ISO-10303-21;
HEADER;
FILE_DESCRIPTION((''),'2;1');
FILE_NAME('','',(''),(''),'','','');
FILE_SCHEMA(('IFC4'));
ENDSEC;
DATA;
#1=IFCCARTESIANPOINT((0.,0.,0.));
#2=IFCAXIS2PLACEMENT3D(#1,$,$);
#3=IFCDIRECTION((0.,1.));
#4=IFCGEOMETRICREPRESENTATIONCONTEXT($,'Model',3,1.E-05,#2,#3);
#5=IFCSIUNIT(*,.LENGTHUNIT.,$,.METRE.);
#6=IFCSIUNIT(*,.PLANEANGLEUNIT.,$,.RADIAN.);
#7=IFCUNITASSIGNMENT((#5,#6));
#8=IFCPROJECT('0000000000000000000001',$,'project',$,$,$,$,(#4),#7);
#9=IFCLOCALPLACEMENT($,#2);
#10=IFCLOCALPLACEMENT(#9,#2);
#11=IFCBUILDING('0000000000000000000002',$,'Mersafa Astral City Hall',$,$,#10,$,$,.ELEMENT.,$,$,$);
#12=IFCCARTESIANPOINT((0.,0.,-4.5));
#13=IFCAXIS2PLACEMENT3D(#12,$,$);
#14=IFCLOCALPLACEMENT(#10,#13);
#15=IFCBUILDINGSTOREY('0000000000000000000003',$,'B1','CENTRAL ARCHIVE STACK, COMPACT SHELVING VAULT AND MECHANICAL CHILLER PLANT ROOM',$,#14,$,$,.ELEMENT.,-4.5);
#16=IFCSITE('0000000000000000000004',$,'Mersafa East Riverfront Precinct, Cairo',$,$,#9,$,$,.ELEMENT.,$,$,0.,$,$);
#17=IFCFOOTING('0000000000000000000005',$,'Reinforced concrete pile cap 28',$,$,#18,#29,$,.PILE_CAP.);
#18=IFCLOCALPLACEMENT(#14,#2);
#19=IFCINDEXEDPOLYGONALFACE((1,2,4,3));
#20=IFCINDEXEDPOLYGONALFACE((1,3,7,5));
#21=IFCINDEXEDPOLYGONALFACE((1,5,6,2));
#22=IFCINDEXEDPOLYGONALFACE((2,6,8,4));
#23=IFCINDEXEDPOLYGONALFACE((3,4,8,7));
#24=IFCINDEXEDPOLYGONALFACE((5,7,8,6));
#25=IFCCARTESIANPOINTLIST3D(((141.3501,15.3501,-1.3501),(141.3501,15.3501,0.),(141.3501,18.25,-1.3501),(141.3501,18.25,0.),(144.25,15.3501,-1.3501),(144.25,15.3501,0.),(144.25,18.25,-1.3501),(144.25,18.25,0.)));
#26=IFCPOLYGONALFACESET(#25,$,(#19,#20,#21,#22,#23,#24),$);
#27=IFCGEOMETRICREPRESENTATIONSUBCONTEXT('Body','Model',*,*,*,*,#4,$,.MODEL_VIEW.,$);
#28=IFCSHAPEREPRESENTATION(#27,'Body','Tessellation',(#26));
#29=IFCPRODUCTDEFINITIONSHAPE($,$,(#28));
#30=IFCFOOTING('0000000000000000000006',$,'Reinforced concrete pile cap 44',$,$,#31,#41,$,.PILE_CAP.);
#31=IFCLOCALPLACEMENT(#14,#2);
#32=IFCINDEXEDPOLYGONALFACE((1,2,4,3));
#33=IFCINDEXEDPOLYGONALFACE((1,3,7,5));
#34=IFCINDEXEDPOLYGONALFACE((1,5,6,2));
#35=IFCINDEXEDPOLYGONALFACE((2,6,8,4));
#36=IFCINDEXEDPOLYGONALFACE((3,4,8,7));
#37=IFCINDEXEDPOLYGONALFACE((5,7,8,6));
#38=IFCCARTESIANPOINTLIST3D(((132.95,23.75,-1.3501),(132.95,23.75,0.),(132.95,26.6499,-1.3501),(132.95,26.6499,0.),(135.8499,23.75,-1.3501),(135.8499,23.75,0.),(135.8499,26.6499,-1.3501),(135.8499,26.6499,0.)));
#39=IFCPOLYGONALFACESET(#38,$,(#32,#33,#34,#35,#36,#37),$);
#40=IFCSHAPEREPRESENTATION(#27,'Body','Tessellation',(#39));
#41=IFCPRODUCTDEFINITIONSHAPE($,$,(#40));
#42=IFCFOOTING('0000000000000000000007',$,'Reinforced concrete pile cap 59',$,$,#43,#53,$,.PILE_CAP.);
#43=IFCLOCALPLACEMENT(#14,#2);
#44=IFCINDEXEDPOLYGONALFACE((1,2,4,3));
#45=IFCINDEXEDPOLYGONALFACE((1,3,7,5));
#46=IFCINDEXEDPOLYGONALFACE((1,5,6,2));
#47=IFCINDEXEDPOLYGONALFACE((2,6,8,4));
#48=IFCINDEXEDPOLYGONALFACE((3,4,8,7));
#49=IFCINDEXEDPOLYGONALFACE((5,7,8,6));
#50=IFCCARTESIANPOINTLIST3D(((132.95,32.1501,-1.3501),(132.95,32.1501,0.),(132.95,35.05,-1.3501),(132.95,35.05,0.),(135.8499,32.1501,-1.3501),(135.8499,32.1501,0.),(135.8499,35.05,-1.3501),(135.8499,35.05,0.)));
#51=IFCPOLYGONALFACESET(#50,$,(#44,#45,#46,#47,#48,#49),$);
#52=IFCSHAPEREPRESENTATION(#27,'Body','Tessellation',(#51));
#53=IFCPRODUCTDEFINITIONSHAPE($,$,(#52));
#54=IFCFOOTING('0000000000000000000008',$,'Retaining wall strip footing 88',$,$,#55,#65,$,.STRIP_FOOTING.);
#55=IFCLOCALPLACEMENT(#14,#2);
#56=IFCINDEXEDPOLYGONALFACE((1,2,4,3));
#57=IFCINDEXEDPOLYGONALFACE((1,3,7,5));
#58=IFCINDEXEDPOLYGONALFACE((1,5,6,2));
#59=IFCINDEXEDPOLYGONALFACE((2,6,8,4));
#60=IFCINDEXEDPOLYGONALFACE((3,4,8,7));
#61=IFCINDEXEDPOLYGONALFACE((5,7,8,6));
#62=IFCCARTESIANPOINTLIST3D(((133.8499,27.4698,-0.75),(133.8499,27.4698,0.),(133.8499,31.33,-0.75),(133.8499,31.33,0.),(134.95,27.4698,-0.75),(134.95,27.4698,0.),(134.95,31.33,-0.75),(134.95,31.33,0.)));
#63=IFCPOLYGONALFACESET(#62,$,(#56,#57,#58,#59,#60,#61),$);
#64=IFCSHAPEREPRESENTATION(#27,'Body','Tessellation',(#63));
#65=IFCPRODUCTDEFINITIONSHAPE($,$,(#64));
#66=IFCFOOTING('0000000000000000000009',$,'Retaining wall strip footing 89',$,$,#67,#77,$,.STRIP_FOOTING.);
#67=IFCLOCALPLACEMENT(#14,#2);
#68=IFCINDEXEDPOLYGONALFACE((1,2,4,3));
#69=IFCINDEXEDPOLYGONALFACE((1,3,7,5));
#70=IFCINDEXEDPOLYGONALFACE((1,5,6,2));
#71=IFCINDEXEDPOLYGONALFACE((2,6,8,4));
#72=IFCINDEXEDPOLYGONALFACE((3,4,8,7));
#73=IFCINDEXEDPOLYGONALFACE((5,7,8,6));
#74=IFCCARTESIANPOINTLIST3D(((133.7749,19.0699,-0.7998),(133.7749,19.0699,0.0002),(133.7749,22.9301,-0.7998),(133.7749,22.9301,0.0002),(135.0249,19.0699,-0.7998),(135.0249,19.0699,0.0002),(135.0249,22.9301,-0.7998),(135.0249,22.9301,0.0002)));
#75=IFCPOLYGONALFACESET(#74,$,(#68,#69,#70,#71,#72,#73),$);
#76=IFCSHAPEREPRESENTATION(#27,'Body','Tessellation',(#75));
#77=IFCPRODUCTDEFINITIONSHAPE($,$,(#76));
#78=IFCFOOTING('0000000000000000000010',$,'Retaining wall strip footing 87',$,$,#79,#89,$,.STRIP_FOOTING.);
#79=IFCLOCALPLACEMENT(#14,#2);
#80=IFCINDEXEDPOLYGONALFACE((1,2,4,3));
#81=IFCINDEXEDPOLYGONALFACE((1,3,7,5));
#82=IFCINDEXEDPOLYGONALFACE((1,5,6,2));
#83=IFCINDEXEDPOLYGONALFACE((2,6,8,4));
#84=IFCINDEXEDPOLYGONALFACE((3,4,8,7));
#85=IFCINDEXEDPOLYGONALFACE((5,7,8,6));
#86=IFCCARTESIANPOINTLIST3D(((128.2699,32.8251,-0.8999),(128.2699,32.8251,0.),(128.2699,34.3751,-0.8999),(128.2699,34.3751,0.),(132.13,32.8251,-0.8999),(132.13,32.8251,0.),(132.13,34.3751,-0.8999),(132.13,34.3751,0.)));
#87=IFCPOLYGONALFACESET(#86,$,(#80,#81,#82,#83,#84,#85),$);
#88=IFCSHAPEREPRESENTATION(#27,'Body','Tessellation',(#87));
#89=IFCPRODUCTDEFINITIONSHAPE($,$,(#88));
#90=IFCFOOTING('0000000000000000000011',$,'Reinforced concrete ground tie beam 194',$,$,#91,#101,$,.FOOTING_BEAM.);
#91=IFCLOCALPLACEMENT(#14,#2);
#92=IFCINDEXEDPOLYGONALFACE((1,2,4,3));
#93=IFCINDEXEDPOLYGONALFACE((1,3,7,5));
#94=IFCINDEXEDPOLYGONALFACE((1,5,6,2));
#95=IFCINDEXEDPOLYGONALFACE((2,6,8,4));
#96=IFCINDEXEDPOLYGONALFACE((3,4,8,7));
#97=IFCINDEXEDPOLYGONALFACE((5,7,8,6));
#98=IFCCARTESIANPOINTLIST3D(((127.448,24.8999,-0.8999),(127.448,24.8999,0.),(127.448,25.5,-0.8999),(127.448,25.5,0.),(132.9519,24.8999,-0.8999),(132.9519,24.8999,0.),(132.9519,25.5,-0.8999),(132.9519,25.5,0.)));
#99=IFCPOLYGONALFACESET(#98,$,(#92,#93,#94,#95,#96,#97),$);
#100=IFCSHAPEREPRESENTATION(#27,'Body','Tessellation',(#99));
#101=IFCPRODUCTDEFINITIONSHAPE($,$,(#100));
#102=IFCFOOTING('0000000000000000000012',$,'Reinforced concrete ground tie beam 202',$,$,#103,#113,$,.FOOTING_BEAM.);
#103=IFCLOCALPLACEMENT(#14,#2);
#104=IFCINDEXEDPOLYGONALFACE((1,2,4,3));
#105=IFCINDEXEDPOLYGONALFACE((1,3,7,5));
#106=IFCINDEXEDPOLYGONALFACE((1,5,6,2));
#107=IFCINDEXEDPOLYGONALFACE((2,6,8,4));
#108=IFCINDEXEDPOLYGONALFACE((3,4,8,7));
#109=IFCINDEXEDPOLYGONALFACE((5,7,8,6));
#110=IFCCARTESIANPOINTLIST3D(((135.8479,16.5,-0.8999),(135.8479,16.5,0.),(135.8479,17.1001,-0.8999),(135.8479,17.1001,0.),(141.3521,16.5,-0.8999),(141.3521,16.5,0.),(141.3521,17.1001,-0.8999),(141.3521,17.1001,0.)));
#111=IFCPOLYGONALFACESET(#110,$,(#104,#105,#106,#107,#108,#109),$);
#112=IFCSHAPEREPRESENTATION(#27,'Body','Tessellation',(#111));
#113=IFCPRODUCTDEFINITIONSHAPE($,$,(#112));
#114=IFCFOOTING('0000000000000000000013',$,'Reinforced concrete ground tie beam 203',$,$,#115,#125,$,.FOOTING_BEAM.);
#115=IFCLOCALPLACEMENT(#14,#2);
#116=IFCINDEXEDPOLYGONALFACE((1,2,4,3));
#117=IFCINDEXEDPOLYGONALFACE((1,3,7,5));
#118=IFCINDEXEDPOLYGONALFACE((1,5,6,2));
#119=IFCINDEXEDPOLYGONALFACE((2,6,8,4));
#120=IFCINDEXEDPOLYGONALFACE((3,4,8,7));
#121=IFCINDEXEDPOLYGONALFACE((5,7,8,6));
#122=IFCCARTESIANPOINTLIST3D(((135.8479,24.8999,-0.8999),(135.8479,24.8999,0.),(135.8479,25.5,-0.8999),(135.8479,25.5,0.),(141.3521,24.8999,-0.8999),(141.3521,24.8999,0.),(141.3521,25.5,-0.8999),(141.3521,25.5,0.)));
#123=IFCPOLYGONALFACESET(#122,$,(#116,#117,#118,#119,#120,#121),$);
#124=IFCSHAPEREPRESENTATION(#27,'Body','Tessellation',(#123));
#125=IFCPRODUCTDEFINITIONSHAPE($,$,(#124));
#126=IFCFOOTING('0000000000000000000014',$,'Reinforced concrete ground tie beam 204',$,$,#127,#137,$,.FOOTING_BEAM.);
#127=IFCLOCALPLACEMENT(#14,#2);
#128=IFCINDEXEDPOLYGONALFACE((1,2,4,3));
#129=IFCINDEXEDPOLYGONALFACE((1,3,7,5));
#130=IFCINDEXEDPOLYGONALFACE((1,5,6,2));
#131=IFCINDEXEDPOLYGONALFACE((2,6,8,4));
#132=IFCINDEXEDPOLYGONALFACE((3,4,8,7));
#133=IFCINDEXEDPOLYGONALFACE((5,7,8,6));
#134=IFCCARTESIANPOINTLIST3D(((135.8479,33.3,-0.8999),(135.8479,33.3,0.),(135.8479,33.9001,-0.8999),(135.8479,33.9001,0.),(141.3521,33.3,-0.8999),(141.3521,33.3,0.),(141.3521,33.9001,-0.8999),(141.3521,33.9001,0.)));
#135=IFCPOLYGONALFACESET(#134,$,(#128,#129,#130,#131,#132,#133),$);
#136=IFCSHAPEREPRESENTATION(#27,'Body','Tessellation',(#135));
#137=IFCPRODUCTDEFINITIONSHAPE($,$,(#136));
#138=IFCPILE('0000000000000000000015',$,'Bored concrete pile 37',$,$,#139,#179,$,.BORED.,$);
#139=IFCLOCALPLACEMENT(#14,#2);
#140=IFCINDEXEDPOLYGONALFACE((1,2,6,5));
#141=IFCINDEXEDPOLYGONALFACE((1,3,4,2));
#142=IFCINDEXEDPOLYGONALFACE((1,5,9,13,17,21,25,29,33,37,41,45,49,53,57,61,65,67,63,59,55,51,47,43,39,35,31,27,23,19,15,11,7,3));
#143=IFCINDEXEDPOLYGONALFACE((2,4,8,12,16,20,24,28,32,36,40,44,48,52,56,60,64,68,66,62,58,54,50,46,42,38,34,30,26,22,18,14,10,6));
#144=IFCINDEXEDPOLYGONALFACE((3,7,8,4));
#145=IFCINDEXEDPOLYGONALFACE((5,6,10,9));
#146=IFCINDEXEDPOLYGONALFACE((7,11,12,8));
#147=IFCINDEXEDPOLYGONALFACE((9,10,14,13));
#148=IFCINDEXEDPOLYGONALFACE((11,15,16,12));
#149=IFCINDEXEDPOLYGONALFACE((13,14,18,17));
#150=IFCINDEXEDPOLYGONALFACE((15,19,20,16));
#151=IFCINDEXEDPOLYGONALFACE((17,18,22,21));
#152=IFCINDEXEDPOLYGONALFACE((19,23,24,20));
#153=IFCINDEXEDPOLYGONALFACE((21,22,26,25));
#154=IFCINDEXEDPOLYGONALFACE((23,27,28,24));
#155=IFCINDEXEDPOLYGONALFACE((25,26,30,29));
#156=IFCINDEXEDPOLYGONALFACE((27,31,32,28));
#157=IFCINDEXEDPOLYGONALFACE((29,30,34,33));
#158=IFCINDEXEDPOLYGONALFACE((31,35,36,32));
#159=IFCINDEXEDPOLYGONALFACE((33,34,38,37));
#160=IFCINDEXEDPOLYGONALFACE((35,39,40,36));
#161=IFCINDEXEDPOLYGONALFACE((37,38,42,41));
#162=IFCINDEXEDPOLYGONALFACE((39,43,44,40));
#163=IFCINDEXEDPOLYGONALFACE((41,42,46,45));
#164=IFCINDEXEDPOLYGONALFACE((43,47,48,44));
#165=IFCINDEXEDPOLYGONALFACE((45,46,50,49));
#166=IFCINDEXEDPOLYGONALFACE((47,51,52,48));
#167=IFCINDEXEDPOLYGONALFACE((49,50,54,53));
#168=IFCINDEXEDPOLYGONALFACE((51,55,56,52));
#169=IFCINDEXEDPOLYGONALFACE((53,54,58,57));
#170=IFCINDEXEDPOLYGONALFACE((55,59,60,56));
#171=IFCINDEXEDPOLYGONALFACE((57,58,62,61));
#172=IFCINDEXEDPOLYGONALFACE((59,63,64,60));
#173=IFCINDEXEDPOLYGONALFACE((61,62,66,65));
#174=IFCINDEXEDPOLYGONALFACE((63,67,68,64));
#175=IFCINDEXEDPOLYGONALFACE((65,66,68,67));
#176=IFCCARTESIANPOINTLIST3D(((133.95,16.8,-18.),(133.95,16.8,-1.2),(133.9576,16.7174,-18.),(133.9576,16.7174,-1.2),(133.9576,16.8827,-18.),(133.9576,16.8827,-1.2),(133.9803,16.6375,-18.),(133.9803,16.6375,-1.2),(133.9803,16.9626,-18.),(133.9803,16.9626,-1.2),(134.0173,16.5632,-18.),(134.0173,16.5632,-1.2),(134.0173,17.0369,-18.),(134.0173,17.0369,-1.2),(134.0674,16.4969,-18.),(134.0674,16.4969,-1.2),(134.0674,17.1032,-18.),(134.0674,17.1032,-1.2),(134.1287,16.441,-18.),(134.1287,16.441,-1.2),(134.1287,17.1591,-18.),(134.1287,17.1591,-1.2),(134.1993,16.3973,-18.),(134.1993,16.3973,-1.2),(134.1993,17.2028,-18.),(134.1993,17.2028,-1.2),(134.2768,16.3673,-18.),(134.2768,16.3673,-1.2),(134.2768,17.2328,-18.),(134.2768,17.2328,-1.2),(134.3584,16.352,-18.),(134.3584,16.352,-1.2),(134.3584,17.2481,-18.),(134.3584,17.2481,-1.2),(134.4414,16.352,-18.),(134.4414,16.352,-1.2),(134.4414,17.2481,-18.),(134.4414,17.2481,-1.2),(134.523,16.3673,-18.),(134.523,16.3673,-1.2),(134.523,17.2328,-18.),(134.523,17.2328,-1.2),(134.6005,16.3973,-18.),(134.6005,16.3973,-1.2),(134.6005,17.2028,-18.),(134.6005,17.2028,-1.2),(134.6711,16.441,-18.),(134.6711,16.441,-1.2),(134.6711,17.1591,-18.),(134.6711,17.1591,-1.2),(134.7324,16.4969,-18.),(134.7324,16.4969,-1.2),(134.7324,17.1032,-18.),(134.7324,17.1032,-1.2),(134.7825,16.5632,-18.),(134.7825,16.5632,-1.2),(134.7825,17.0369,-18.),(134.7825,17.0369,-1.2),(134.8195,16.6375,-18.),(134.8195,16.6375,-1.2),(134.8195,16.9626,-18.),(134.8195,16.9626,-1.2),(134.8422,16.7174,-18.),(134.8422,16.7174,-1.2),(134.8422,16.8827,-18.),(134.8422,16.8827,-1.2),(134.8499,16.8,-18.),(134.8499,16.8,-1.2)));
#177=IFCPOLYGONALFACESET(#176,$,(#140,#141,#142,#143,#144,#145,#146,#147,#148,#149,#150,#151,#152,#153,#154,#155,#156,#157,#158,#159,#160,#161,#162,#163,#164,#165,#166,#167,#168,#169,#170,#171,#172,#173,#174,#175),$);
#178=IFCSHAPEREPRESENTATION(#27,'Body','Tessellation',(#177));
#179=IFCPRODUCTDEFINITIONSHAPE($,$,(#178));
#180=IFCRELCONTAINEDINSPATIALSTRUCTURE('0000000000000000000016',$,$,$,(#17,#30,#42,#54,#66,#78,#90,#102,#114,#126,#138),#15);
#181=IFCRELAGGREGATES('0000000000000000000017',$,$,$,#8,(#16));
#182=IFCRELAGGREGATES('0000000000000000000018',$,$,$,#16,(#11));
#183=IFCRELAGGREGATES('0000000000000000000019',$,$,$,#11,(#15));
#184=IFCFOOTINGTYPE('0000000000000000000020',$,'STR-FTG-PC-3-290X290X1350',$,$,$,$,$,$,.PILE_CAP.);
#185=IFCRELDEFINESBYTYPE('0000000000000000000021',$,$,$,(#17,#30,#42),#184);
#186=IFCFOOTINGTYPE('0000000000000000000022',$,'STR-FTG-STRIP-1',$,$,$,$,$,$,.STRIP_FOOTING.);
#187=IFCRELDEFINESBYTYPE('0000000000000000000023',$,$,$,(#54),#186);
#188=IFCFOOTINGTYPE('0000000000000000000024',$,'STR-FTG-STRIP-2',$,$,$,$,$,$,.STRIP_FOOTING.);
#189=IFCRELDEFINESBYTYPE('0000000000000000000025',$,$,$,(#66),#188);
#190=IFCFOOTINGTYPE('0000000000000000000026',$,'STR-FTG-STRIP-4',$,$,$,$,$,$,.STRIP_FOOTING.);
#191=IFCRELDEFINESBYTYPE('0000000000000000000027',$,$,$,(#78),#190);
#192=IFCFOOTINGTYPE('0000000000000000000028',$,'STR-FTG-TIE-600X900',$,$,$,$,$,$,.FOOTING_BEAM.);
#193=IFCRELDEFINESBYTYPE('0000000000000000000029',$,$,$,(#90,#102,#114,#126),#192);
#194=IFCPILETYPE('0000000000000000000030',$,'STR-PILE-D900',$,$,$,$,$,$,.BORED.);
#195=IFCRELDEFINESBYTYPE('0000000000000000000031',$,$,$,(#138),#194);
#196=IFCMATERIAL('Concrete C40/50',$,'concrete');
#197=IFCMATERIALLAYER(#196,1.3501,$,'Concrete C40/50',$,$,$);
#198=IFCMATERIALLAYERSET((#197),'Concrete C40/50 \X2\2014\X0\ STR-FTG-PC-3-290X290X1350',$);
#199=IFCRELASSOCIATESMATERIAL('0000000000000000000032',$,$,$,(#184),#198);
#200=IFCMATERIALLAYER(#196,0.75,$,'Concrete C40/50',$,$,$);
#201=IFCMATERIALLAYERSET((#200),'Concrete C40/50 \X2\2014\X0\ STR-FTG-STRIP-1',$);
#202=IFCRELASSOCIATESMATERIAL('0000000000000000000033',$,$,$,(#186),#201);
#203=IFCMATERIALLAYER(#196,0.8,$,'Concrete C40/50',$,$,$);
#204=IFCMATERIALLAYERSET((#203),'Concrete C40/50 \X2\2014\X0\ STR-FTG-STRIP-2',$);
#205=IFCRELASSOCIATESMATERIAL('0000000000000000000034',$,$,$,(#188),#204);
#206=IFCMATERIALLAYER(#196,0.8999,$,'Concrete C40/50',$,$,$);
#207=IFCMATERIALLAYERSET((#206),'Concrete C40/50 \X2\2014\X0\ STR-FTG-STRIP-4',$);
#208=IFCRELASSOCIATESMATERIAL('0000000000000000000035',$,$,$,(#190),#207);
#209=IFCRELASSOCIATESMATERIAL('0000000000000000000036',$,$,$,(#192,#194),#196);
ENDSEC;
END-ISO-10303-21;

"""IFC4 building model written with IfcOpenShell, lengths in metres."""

from ifc_helpers import new_model, si_unit, direction, frame, origin, origin_2d, place, context, subcontext, project, spatial, rectangle, circle, extrude, material, layer, layer_set, material_profile, profile_set, type_object, element, save


model = new_model("IFC4")

# Units and contexts
model_context = context("Model", 3, precision=1e-05, world=origin(), true_north=direction((0.0, 1.0)))
body_context = subcontext(model_context, "Body", "Model", "MODEL_VIEW")
ifc_project = project(units=[si_unit("LENGTHUNIT", "METRE"), si_unit("PLANEANGLEUNIT", "RADIAN")], contexts=[model_context])

# Site, building, storey
site_placement = place(None, origin())
site = spatial("IfcSite", under=ifc_project, at=site_placement, Name="Mersafa East Riverfront Precinct, Cairo", CompositionType="ELEMENT", RefElevation=0.0)
building_placement = place(site_placement, origin())
building = spatial("IfcBuilding", under=site, at=building_placement, Name="Mersafa Astral City Hall", CompositionType="ELEMENT")
storey_placement = place(building_placement, frame((0.0, 0.0, -4.5)))
storey = spatial("IfcBuildingStorey", under=building, at=storey_placement, Name="B1", Description="CENTRAL ARCHIVE STACK, COMPACT SHELVING VAULT AND MECHANICAL CHILLER PLANT ROOM", CompositionType="ELEMENT", Elevation=-4.5)

# Footings
ifc_material_1 = material(Name="Concrete C40/50", Category="concrete")
ifc_layer_1 = layer(ifc_material_1, 1.3501, Name="Concrete C40/50")
ifc_layer_set_1 = layer_set([ifc_layer_1], Name="Concrete C40/50 — STR-FTG-PC-3-290X290X1350")
footing_type_1 = type_object("IfcFootingType", Name="STR-FTG-PC-3-290X290X1350", PredefinedType="PILE_CAP", material=ifc_layer_set_1)
for number, where, z_axis, x_axis, name in (
    (1, (142.8, 16.8, -1.3501), (0.0, 0.0, 1.0), (1.0, 0.0, 0.0), "Reinforced concrete pile cap 28"),
    (2, (134.3999, 25.2, -1.3501), (0.0, 0.0, 1.0), (1.0, 0.0, 0.0), "Reinforced concrete pile cap 44"),
    (3, (134.3999, 33.6001, -1.3501), (0.0, 0.0, 1.0), (1.0, 0.0, 0.0), "Reinforced concrete pile cap 59"),
):
    element("IfcFooting", number, at=place(storey_placement, frame(where, z_axis=z_axis, x_axis=x_axis)), inside=storey, type_object=footing_type_1, Name=name, PredefinedType="PILE_CAP", context=body_context, shape_type="SweptSolid", body=[
        extrude(rectangle(XDim=2.8999, YDim=2.8999, at=origin_2d()), origin(), (0.0, 0.0, 1.0), 1.3501),
    ])
ifc_layer_2 = layer(ifc_material_1, 0.75, Name="Concrete C40/50")
ifc_layer_set_2 = layer_set([ifc_layer_2], Name="Concrete C40/50 — STR-FTG-STRIP-1")
footing_type_2 = type_object("IfcFootingType", Name="STR-FTG-STRIP-1", PredefinedType="STRIP_FOOTING", material=ifc_layer_set_2)
footing_1_placement = place(storey_placement, frame((134.3999, 29.3999, -0.75), z_axis=(0.0, 0.0, 1.0), x_axis=(0.0, -1.0, 0.0)))
element("IfcFooting", 4, at=footing_1_placement, inside=storey, type_object=footing_type_2, Name="Retaining wall strip footing 88", PredefinedType="STRIP_FOOTING", context=body_context, shape_type="SweptSolid", body=[
    extrude(rectangle(XDim=3.8601, YDim=1.1001, at=origin_2d()), origin(), (0.0, 0.0, 1.0), 0.75),
])
ifc_layer_3 = layer(ifc_material_1, 0.8, Name="Concrete C40/50")
ifc_layer_set_3 = layer_set([ifc_layer_3], Name="Concrete C40/50 — STR-FTG-STRIP-2")
footing_type_3 = type_object("IfcFootingType", Name="STR-FTG-STRIP-2", PredefinedType="STRIP_FOOTING", material=ifc_layer_set_3)
footing_2_placement = place(storey_placement, frame((134.3999, 21.0, -0.7998), z_axis=(0.0, 0.0, 1.0), x_axis=(0.0, -1.0, 0.0)))
element("IfcFooting", 5, at=footing_2_placement, inside=storey, type_object=footing_type_3, Name="Retaining wall strip footing 89", PredefinedType="STRIP_FOOTING", context=body_context, shape_type="SweptSolid", body=[
    extrude(rectangle(XDim=3.8601, YDim=1.25, at=origin_2d()), origin(), (0.0, 0.0, 1.0), 0.8),
])
ifc_layer_4 = layer(ifc_material_1, 0.8999, Name="Concrete C40/50")
ifc_layer_set_4 = layer_set([ifc_layer_4], Name="Concrete C40/50 — STR-FTG-STRIP-4")
footing_type_4 = type_object("IfcFootingType", Name="STR-FTG-STRIP-4", PredefinedType="STRIP_FOOTING", material=ifc_layer_set_4)
footing_3_placement = place(storey_placement, frame((130.2, 33.6001, -0.8999), z_axis=(0.0, 0.0, 1.0), x_axis=(1.0, 0.0, 0.0)))
element("IfcFooting", 6, at=footing_3_placement, inside=storey, type_object=footing_type_4, Name="Retaining wall strip footing 87", PredefinedType="STRIP_FOOTING", context=body_context, shape_type="SweptSolid", body=[
    extrude(rectangle(XDim=3.8601, YDim=1.55, at=origin_2d()), origin(), (0.0, 0.0, 1.0), 0.8999),
])
ifc_material_profile_1 = material_profile(ifc_material_1, rectangle(XDim=0.6001, YDim=0.8999, at=origin_2d()), Name="RC 600x900")
ifc_profile_set_1 = profile_set([ifc_material_profile_1], Name="Concrete C40/50")
footing_type_5 = type_object("IfcFootingType", Name="STR-FTG-TIE-600X900", PredefinedType="FOOTING_BEAM", material=ifc_profile_set_1)
footing_4_placement = place(storey_placement, frame((127.448, 25.2, -0.45), z_axis=(1.0, 0.0, 0.0), x_axis=(0.0, 1.0, 0.0)))
element("IfcFooting", 7, at=footing_4_placement, inside=storey, type_object=footing_type_5, Name="Reinforced concrete ground tie beam 194", PredefinedType="FOOTING_BEAM", context=body_context, shape_type="SweptSolid", body=[
    extrude(rectangle(XDim=0.6001, YDim=0.8999, at=origin_2d()), origin(), (0.0, 0.0, 1.0), 5.5039),
])
for number, where, z_axis, x_axis, name in (
    (8, (135.8479, 16.8, -0.45), (1.0, 0.0, 0.0), (0.0, 1.0, 0.0), "Reinforced concrete ground tie beam 202"),
    (9, (135.8479, 25.2, -0.45), (1.0, 0.0, 0.0), (0.0, 1.0, 0.0), "Reinforced concrete ground tie beam 203"),
    (10, (135.8479, 33.6001, -0.45), (1.0, 0.0, 0.0), (0.0, 1.0, 0.0), "Reinforced concrete ground tie beam 204"),
):
    element("IfcFooting", number, at=place(storey_placement, frame(where, z_axis=z_axis, x_axis=x_axis)), inside=storey, type_object=footing_type_5, Name=name, PredefinedType="FOOTING_BEAM", context=body_context, shape_type="SweptSolid", body=[
        extrude(rectangle(XDim=0.6001, YDim=0.8999, at=origin_2d()), origin(), (0.0, 0.0, 1.0), 5.5042),
    ])

# Pile
ifc_material_profile_2 = material_profile(ifc_material_1, circle(Radius=0.45, at=origin_2d()), Name="PILE D900")
ifc_profile_set_2 = profile_set([ifc_material_profile_2], Name="Concrete C40/50")
pile_type = type_object("IfcPileType", Name="STR-PILE-D900", PredefinedType="BORED", material=ifc_profile_set_2)
for number, where, z_axis, x_axis, name in (
    (11, (134.3999, 16.8, -1.2), (0.0, 0.0, -1.0), (1.0, 0.0, 0.0), "Bored concrete pile 37"),
):
    element("IfcPile", number, at=place(storey_placement, frame(where, z_axis=z_axis, x_axis=x_axis)), inside=storey, type_object=pile_type, Name=name, PredefinedType="BORED", context=body_context, shape_type="SweptSolid", body=[
        extrude(circle(Radius=0.45, at=origin_2d()), origin(), (0.0, 0.0, 1.0), 16.8),
    ])

save(model, "model.ifc")
